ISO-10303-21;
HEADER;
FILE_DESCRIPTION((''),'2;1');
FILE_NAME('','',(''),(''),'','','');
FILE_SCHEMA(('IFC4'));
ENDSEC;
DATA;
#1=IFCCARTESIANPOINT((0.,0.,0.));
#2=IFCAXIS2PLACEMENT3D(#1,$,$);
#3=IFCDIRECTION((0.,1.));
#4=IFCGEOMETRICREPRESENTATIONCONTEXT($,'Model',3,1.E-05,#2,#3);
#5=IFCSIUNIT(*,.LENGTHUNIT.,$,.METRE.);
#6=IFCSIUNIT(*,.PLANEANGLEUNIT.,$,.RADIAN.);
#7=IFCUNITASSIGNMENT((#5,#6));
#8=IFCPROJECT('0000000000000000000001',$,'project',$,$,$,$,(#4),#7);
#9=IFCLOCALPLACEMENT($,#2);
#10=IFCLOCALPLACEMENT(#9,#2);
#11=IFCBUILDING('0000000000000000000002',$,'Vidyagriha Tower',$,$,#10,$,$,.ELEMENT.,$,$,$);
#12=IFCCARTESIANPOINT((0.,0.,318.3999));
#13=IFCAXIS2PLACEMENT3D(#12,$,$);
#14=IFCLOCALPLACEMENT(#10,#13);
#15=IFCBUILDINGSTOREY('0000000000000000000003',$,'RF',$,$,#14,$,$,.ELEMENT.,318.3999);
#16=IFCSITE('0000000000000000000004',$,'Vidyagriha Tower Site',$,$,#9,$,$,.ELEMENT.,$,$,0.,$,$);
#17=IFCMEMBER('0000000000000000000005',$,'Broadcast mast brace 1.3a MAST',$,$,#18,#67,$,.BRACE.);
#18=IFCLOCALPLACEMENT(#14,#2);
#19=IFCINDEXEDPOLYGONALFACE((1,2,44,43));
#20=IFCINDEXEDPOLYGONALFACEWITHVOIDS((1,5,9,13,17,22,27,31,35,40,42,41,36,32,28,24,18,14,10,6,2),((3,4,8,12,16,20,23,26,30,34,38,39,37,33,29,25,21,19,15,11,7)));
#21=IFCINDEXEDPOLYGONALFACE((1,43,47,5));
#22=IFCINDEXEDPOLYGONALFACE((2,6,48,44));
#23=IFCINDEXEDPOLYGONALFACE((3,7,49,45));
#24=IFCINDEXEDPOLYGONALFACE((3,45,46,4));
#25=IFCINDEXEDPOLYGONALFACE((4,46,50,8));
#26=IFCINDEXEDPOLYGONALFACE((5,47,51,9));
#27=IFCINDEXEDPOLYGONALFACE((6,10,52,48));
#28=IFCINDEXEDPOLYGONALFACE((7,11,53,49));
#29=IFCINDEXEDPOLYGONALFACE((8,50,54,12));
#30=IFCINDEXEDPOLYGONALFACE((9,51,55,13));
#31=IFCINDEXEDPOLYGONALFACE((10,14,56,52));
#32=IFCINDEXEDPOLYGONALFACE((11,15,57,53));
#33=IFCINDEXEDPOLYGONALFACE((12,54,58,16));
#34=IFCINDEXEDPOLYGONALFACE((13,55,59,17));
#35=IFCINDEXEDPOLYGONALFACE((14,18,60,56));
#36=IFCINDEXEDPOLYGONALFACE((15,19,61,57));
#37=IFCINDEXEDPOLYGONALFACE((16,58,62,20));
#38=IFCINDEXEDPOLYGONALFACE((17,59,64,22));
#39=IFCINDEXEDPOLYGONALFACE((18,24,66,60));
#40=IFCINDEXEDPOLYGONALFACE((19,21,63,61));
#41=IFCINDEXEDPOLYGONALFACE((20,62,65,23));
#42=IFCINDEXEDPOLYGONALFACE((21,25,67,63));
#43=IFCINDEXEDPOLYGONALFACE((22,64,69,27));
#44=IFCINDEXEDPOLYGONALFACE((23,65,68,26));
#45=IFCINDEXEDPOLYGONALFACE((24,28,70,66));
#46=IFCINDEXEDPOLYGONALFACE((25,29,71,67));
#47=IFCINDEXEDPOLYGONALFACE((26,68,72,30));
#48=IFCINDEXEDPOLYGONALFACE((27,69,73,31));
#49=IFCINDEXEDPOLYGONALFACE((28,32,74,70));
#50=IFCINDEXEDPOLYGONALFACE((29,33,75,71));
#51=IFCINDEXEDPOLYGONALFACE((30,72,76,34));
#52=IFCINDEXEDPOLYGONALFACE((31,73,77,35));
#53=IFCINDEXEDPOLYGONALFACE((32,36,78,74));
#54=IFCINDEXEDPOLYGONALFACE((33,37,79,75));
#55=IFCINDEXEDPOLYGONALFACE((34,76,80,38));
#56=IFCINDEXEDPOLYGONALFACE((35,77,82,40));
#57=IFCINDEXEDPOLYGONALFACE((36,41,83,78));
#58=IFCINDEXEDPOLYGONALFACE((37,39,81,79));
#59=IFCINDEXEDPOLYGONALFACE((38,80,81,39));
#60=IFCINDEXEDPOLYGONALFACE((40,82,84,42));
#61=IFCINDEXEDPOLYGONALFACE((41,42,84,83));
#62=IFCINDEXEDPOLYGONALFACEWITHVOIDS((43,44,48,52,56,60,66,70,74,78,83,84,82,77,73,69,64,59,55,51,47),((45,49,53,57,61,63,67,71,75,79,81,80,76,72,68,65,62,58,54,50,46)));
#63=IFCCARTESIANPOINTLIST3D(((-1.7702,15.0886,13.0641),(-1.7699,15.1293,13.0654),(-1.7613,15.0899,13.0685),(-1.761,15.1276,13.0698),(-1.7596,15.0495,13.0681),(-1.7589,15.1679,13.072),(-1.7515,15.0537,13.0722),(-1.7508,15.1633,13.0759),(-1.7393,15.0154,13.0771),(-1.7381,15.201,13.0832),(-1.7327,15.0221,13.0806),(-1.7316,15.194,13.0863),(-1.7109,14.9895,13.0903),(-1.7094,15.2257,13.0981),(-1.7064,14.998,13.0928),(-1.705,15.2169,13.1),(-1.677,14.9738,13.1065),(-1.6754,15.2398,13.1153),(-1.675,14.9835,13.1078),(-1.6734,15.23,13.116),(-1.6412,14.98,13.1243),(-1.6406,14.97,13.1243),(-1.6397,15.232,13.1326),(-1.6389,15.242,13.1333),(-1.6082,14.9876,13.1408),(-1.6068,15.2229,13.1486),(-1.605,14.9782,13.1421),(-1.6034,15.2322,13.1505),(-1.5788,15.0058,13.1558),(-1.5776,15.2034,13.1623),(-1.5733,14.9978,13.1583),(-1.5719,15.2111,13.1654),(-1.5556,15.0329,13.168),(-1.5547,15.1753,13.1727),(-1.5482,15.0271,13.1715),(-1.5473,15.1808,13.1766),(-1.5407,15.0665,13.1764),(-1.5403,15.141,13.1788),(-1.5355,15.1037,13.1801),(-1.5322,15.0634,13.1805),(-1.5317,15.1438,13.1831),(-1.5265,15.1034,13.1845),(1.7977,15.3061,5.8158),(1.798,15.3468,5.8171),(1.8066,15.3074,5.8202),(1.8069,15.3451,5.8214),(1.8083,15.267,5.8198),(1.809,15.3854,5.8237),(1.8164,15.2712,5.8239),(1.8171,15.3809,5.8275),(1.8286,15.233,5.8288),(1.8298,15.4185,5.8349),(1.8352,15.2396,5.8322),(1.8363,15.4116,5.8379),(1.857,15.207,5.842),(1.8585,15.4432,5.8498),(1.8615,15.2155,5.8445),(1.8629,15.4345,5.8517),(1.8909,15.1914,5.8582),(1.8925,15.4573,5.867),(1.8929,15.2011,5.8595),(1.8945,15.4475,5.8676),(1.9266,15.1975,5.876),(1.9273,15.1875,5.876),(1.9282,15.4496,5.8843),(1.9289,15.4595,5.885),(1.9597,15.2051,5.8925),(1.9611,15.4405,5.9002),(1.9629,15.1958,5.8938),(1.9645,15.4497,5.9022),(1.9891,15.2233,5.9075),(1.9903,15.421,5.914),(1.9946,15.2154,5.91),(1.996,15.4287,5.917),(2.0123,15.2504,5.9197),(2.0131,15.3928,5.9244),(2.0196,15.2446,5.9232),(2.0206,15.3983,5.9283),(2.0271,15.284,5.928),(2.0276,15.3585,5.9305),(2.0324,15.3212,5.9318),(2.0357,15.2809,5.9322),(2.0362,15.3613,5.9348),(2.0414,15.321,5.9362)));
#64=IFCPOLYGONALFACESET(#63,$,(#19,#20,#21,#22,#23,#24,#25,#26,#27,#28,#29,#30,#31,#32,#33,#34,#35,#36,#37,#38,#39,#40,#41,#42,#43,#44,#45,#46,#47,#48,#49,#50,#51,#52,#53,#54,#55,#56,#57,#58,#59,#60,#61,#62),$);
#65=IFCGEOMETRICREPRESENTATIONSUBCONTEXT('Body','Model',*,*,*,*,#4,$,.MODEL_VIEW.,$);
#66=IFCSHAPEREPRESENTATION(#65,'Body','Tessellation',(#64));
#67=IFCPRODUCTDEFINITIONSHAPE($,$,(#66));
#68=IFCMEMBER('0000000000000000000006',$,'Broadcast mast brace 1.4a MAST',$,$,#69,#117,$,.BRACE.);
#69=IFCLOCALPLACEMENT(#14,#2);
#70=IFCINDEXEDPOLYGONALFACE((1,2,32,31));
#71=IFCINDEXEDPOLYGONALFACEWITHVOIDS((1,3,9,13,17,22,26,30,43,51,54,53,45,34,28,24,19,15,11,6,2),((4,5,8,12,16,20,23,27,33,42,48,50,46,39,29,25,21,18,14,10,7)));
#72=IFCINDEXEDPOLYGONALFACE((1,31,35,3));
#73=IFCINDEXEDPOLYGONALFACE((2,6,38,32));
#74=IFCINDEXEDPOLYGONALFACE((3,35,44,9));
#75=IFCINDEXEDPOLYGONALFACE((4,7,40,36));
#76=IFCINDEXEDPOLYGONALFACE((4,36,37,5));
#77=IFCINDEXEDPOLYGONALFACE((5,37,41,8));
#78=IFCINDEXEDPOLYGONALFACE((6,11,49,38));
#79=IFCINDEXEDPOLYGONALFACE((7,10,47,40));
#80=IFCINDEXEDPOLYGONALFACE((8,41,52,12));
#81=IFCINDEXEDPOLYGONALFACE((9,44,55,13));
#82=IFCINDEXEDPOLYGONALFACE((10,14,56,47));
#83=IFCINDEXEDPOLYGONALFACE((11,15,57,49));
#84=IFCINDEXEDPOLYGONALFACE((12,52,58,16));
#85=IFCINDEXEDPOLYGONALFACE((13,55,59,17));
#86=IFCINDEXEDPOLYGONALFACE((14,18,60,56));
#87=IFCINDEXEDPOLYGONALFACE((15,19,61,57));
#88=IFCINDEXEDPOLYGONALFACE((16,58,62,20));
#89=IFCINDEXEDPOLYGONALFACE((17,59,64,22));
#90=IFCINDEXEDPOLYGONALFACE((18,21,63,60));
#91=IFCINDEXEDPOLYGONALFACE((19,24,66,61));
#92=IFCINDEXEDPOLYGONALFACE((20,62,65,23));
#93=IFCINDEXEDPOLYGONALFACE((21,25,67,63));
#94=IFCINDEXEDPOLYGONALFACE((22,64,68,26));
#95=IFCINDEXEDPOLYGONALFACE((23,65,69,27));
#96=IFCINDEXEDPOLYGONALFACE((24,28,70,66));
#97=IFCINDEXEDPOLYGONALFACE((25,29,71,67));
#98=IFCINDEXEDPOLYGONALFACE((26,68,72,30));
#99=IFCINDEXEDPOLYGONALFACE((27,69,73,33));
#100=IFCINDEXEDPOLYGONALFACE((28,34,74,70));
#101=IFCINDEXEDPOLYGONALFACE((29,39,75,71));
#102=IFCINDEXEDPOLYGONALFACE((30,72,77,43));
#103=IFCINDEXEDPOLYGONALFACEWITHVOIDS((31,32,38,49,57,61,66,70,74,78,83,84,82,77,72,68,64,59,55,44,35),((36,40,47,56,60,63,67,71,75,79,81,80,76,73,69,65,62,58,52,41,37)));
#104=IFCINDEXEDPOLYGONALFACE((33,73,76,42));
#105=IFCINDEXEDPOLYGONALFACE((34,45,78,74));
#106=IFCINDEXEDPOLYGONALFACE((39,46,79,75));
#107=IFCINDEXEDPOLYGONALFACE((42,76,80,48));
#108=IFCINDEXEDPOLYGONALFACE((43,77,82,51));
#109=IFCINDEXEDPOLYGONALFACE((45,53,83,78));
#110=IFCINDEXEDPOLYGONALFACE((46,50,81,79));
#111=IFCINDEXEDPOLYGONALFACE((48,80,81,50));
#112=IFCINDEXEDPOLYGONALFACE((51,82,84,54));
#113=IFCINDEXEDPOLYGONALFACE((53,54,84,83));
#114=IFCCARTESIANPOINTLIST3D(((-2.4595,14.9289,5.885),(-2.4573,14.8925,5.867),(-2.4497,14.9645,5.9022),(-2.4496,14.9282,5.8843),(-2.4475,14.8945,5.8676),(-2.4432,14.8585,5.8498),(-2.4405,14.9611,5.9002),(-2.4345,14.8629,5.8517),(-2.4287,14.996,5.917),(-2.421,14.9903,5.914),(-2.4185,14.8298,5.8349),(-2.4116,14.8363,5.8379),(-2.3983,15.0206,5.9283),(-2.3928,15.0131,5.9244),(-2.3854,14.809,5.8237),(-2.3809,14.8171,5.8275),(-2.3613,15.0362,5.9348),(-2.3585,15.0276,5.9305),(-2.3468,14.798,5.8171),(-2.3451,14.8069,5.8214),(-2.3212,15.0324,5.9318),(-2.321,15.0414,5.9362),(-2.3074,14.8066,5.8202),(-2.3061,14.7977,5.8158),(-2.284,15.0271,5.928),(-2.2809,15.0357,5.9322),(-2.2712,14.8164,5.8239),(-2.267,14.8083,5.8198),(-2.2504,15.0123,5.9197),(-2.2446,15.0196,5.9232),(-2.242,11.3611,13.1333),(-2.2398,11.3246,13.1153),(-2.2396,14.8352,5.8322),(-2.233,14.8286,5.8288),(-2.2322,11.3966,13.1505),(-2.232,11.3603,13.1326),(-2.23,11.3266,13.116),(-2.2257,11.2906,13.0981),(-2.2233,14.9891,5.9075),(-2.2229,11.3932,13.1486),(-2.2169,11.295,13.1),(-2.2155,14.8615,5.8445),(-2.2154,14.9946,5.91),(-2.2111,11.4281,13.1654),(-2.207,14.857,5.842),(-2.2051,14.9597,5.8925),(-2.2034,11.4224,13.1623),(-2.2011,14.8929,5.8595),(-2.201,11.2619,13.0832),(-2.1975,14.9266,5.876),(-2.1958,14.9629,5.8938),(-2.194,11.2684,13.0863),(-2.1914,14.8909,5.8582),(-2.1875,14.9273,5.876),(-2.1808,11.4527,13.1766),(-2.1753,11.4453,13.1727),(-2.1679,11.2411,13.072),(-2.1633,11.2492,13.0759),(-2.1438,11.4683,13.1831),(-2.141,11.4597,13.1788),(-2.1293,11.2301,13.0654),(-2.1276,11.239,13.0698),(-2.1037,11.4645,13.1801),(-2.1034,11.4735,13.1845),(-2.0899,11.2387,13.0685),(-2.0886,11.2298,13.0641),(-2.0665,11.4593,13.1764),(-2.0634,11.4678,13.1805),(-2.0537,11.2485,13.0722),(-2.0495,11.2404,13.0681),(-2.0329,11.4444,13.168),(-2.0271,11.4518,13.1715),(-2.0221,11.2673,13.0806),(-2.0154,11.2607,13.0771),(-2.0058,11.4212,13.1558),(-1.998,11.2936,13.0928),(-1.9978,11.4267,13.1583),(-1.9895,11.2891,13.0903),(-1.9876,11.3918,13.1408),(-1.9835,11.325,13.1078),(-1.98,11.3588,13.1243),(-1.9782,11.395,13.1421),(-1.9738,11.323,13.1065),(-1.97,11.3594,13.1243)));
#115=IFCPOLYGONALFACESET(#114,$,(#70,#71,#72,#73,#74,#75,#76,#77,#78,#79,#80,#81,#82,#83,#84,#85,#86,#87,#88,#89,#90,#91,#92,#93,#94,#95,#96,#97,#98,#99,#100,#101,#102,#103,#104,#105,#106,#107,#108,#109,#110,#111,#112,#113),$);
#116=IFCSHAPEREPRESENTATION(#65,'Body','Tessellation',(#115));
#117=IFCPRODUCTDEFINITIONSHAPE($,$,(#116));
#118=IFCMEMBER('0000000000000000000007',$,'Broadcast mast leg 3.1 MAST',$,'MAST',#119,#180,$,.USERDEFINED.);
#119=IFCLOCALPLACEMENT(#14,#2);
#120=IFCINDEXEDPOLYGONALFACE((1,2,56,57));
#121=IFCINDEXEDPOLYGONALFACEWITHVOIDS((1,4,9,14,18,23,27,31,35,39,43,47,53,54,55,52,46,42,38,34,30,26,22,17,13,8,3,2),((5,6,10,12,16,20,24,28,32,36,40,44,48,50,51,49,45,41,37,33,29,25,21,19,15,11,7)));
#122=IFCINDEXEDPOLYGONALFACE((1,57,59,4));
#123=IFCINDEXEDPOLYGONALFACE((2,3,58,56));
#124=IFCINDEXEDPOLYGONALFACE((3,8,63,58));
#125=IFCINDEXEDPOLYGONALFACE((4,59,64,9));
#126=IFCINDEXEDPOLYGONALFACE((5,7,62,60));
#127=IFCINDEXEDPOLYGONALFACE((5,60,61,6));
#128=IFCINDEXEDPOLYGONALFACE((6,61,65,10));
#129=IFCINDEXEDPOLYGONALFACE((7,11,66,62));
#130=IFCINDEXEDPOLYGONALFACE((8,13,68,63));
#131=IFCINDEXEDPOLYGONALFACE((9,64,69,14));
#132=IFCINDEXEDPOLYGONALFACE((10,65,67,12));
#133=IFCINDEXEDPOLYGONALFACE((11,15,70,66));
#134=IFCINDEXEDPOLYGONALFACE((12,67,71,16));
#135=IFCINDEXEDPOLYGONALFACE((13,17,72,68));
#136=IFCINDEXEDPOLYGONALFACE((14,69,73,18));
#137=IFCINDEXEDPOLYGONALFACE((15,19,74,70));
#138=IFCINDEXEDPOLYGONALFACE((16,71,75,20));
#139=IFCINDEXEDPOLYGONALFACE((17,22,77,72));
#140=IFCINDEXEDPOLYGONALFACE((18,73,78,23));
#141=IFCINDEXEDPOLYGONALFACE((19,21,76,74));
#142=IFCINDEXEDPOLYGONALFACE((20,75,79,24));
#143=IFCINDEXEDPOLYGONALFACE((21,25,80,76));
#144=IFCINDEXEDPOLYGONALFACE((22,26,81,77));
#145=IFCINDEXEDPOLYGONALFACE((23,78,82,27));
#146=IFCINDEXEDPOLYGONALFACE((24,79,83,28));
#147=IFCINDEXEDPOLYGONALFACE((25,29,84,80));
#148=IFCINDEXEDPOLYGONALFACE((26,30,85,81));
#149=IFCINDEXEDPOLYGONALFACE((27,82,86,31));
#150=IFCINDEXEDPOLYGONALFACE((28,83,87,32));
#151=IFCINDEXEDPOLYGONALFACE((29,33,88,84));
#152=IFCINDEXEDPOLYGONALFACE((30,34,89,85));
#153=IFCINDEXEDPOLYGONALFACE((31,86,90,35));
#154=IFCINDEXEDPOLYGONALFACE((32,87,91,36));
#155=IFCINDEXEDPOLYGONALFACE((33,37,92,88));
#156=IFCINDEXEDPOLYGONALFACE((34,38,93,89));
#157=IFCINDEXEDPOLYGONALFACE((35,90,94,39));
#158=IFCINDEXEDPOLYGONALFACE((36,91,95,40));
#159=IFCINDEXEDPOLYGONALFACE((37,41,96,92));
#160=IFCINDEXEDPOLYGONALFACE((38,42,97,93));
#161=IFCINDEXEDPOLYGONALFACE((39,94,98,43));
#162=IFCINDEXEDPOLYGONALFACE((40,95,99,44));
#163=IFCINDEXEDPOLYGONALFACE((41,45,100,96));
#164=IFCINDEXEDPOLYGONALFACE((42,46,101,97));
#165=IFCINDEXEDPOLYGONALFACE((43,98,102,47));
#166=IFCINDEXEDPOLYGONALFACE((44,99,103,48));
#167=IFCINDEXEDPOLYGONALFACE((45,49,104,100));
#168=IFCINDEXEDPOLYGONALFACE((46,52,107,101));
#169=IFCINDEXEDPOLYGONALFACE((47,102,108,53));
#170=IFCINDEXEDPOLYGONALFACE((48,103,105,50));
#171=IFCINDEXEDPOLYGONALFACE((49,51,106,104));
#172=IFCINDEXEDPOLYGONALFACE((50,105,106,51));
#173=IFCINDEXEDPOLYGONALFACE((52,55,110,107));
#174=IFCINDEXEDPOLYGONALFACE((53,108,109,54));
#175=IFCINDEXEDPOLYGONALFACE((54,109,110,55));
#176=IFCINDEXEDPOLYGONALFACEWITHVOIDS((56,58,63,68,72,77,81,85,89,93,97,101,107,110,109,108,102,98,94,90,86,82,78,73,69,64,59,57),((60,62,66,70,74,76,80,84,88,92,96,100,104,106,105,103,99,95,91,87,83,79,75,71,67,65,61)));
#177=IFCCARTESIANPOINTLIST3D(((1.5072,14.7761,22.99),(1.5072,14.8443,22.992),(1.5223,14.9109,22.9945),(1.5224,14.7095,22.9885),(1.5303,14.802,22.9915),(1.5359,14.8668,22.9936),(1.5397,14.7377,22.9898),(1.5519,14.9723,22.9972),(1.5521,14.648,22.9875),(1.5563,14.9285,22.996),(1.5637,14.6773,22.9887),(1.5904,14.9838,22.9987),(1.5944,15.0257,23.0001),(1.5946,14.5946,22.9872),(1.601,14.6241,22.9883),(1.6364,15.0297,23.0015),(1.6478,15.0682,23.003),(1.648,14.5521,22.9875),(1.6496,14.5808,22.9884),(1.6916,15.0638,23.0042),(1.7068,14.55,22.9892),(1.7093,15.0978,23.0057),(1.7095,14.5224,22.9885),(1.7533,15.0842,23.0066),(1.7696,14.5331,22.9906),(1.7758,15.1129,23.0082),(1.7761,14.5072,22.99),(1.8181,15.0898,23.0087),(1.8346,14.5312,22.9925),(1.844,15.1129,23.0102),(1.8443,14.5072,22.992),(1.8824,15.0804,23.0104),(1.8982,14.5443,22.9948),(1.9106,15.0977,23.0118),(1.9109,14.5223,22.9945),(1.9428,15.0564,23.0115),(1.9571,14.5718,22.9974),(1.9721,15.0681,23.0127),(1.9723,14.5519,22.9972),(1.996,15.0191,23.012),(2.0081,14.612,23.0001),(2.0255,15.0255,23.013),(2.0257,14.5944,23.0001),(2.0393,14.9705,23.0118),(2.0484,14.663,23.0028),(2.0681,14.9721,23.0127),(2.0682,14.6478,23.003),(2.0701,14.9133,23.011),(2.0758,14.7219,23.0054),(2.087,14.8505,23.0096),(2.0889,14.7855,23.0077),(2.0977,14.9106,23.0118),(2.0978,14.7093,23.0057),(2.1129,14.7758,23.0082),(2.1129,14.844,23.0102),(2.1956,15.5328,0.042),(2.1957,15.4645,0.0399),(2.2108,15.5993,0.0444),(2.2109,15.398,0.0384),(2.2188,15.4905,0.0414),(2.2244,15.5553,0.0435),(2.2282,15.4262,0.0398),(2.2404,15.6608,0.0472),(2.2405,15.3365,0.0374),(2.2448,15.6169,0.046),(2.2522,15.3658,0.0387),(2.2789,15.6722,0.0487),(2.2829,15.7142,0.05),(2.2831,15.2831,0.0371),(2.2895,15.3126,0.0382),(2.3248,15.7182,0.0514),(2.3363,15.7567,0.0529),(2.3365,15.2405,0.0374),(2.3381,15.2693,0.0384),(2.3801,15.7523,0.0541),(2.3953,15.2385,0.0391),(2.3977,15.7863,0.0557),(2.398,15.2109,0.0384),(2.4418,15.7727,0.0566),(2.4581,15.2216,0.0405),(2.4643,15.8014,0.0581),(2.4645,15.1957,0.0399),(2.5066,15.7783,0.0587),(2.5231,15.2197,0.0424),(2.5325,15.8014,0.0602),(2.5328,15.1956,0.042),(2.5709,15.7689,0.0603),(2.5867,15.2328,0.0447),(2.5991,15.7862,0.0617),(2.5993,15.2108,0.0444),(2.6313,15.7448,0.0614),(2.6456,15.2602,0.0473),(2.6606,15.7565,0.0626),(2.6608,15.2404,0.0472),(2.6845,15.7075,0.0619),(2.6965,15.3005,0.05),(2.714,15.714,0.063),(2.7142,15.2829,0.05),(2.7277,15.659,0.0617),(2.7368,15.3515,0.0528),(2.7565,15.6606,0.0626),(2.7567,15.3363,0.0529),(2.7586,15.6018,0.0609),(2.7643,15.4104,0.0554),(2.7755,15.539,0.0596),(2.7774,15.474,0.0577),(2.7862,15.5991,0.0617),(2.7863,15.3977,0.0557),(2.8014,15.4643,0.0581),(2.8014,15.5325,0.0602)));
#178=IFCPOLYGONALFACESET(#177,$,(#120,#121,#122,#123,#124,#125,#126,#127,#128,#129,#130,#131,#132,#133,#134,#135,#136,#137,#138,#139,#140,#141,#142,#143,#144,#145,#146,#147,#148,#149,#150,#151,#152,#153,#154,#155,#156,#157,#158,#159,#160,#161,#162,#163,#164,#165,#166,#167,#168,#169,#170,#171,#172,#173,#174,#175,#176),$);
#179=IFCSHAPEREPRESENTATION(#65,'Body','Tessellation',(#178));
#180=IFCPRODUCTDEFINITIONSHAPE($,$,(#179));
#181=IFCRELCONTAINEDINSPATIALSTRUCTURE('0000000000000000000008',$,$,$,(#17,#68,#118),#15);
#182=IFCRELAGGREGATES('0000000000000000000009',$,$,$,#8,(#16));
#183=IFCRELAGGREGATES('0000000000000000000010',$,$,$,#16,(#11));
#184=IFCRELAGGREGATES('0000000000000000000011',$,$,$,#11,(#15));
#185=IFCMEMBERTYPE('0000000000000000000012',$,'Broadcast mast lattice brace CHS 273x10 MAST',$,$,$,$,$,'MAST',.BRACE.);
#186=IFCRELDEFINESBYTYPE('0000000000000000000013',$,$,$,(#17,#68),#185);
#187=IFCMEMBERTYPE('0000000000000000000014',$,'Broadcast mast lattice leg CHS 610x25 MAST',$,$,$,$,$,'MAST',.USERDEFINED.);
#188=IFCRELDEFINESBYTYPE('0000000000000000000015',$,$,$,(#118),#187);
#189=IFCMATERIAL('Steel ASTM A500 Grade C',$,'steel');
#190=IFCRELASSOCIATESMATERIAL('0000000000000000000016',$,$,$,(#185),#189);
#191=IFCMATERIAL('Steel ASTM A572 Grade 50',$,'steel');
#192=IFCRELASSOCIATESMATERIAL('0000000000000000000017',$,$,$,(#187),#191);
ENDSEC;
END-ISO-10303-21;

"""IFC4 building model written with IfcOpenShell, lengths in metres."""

from ifc_helpers import new_model, si_unit, direction, frame, origin, origin_2d, place, context, subcontext, project, spatial, hollow_circle, extrude, material, material_profile, profile_set, type_object, element, save


model = new_model("IFC4")

# Units and contexts
model_context = context("Model", 3, precision=1e-05, world=origin(), true_north=direction((0.0, 1.0)))
body_context = subcontext(model_context, "Body", "Model", "MODEL_VIEW")
ifc_project = project(units=[si_unit("LENGTHUNIT", "METRE"), si_unit("PLANEANGLEUNIT", "RADIAN")], contexts=[model_context])

# Site, building, storey
site_placement = place(None, origin())
site = spatial("IfcSite", under=ifc_project, at=site_placement, Name="Vidyagriha Tower Site", CompositionType="ELEMENT", RefElevation=0.0)
building_placement = place(site_placement, origin())
building = spatial("IfcBuilding", under=site, at=building_placement, Name="Vidyagriha Tower", CompositionType="ELEMENT")
storey_placement = place(building_placement, frame((0.0, 0.0, 318.3999)))
storey = spatial("IfcBuildingStorey", under=building, at=storey_placement, Name="RF", CompositionType="ELEMENT", Elevation=318.3999)

# Members
ifc_material_1 = material(Name="Steel ASTM A500 Grade C", Category="steel")
ifc_material_profile_1 = material_profile(ifc_material_1, hollow_circle(Radius=0.1365, WallThickness=0.01, at=origin_2d()), Name="Broadcast mast lattice brace CHS 273x10 MAST")
ifc_profile_set_1 = profile_set([ifc_material_profile_1], Name="Steel ASTM A500 Grade C")
member_type_1 = type_object("IfcMemberType", Name="Broadcast mast lattice brace CHS 273x10 MAST", ElementType="MAST", PredefinedType="BRACE", material=ifc_profile_set_1)
for number, where, z_axis, x_axis, name in (
    (1, (1.9189, 15.3237, 5.876), (-0.441472, -0.026916, 0.896871), (0.060856, -0.998147, 0.0), "Broadcast mast brace 1.3a MAST"),
    (2, (-2.3237, 14.9189, 5.876), (0.026916, -0.441472, 0.896871), (0.998147, 0.060856, 0.0), "Broadcast mast brace 1.4a MAST"),
):
    element("IfcMember", number, at=place(storey_placement, frame(where, z_axis=z_axis, x_axis=x_axis)), inside=storey, type_object=member_type_1, Name=name, PredefinedType="BRACE", context=body_context, shape_type="SweptSolid", body=[
        extrude(hollow_circle(Radius=0.1365, WallThickness=0.01, at=origin_2d()), origin(), (0.0, 0.0, 1.0), 8.0818),
    ])
ifc_material_2 = material(Name="Steel ASTM A572 Grade 50", Category="steel")
ifc_material_profile_2 = material_profile(ifc_material_2, hollow_circle(Radius=0.3049, WallThickness=0.0249, at=origin_2d()), Name="Broadcast mast lattice leg CHS 610x25 MAST")
ifc_profile_set_2 = profile_set([ifc_material_profile_2], Name="Steel ASTM A572 Grade 50")
member_type_2 = type_object("IfcMemberType", Name="Broadcast mast lattice leg CHS 610x25 MAST", ElementType="MAST", PredefinedType="USERDEFINED", material=ifc_profile_set_2)
for number, where, z_axis, x_axis, name in (
    (3, (2.4985, 15.4985, 0.05), (-0.029972, -0.029972, 0.999101), (0.707107, -0.707107, 0.0), "Broadcast mast leg 3.1 MAST"),
):
    element("IfcMember", number, at=place(storey_placement, frame(where, z_axis=z_axis, x_axis=x_axis)), inside=storey, type_object=member_type_2, Name=name, ObjectType="MAST", PredefinedType="USERDEFINED", context=body_context, shape_type="SweptSolid", body=[
        extrude(hollow_circle(Radius=0.3049, WallThickness=0.0249, at=origin_2d()), origin(), (0.0, 0.0, 1.0), 22.9707),
    ])

save(model, "model.ifc")
